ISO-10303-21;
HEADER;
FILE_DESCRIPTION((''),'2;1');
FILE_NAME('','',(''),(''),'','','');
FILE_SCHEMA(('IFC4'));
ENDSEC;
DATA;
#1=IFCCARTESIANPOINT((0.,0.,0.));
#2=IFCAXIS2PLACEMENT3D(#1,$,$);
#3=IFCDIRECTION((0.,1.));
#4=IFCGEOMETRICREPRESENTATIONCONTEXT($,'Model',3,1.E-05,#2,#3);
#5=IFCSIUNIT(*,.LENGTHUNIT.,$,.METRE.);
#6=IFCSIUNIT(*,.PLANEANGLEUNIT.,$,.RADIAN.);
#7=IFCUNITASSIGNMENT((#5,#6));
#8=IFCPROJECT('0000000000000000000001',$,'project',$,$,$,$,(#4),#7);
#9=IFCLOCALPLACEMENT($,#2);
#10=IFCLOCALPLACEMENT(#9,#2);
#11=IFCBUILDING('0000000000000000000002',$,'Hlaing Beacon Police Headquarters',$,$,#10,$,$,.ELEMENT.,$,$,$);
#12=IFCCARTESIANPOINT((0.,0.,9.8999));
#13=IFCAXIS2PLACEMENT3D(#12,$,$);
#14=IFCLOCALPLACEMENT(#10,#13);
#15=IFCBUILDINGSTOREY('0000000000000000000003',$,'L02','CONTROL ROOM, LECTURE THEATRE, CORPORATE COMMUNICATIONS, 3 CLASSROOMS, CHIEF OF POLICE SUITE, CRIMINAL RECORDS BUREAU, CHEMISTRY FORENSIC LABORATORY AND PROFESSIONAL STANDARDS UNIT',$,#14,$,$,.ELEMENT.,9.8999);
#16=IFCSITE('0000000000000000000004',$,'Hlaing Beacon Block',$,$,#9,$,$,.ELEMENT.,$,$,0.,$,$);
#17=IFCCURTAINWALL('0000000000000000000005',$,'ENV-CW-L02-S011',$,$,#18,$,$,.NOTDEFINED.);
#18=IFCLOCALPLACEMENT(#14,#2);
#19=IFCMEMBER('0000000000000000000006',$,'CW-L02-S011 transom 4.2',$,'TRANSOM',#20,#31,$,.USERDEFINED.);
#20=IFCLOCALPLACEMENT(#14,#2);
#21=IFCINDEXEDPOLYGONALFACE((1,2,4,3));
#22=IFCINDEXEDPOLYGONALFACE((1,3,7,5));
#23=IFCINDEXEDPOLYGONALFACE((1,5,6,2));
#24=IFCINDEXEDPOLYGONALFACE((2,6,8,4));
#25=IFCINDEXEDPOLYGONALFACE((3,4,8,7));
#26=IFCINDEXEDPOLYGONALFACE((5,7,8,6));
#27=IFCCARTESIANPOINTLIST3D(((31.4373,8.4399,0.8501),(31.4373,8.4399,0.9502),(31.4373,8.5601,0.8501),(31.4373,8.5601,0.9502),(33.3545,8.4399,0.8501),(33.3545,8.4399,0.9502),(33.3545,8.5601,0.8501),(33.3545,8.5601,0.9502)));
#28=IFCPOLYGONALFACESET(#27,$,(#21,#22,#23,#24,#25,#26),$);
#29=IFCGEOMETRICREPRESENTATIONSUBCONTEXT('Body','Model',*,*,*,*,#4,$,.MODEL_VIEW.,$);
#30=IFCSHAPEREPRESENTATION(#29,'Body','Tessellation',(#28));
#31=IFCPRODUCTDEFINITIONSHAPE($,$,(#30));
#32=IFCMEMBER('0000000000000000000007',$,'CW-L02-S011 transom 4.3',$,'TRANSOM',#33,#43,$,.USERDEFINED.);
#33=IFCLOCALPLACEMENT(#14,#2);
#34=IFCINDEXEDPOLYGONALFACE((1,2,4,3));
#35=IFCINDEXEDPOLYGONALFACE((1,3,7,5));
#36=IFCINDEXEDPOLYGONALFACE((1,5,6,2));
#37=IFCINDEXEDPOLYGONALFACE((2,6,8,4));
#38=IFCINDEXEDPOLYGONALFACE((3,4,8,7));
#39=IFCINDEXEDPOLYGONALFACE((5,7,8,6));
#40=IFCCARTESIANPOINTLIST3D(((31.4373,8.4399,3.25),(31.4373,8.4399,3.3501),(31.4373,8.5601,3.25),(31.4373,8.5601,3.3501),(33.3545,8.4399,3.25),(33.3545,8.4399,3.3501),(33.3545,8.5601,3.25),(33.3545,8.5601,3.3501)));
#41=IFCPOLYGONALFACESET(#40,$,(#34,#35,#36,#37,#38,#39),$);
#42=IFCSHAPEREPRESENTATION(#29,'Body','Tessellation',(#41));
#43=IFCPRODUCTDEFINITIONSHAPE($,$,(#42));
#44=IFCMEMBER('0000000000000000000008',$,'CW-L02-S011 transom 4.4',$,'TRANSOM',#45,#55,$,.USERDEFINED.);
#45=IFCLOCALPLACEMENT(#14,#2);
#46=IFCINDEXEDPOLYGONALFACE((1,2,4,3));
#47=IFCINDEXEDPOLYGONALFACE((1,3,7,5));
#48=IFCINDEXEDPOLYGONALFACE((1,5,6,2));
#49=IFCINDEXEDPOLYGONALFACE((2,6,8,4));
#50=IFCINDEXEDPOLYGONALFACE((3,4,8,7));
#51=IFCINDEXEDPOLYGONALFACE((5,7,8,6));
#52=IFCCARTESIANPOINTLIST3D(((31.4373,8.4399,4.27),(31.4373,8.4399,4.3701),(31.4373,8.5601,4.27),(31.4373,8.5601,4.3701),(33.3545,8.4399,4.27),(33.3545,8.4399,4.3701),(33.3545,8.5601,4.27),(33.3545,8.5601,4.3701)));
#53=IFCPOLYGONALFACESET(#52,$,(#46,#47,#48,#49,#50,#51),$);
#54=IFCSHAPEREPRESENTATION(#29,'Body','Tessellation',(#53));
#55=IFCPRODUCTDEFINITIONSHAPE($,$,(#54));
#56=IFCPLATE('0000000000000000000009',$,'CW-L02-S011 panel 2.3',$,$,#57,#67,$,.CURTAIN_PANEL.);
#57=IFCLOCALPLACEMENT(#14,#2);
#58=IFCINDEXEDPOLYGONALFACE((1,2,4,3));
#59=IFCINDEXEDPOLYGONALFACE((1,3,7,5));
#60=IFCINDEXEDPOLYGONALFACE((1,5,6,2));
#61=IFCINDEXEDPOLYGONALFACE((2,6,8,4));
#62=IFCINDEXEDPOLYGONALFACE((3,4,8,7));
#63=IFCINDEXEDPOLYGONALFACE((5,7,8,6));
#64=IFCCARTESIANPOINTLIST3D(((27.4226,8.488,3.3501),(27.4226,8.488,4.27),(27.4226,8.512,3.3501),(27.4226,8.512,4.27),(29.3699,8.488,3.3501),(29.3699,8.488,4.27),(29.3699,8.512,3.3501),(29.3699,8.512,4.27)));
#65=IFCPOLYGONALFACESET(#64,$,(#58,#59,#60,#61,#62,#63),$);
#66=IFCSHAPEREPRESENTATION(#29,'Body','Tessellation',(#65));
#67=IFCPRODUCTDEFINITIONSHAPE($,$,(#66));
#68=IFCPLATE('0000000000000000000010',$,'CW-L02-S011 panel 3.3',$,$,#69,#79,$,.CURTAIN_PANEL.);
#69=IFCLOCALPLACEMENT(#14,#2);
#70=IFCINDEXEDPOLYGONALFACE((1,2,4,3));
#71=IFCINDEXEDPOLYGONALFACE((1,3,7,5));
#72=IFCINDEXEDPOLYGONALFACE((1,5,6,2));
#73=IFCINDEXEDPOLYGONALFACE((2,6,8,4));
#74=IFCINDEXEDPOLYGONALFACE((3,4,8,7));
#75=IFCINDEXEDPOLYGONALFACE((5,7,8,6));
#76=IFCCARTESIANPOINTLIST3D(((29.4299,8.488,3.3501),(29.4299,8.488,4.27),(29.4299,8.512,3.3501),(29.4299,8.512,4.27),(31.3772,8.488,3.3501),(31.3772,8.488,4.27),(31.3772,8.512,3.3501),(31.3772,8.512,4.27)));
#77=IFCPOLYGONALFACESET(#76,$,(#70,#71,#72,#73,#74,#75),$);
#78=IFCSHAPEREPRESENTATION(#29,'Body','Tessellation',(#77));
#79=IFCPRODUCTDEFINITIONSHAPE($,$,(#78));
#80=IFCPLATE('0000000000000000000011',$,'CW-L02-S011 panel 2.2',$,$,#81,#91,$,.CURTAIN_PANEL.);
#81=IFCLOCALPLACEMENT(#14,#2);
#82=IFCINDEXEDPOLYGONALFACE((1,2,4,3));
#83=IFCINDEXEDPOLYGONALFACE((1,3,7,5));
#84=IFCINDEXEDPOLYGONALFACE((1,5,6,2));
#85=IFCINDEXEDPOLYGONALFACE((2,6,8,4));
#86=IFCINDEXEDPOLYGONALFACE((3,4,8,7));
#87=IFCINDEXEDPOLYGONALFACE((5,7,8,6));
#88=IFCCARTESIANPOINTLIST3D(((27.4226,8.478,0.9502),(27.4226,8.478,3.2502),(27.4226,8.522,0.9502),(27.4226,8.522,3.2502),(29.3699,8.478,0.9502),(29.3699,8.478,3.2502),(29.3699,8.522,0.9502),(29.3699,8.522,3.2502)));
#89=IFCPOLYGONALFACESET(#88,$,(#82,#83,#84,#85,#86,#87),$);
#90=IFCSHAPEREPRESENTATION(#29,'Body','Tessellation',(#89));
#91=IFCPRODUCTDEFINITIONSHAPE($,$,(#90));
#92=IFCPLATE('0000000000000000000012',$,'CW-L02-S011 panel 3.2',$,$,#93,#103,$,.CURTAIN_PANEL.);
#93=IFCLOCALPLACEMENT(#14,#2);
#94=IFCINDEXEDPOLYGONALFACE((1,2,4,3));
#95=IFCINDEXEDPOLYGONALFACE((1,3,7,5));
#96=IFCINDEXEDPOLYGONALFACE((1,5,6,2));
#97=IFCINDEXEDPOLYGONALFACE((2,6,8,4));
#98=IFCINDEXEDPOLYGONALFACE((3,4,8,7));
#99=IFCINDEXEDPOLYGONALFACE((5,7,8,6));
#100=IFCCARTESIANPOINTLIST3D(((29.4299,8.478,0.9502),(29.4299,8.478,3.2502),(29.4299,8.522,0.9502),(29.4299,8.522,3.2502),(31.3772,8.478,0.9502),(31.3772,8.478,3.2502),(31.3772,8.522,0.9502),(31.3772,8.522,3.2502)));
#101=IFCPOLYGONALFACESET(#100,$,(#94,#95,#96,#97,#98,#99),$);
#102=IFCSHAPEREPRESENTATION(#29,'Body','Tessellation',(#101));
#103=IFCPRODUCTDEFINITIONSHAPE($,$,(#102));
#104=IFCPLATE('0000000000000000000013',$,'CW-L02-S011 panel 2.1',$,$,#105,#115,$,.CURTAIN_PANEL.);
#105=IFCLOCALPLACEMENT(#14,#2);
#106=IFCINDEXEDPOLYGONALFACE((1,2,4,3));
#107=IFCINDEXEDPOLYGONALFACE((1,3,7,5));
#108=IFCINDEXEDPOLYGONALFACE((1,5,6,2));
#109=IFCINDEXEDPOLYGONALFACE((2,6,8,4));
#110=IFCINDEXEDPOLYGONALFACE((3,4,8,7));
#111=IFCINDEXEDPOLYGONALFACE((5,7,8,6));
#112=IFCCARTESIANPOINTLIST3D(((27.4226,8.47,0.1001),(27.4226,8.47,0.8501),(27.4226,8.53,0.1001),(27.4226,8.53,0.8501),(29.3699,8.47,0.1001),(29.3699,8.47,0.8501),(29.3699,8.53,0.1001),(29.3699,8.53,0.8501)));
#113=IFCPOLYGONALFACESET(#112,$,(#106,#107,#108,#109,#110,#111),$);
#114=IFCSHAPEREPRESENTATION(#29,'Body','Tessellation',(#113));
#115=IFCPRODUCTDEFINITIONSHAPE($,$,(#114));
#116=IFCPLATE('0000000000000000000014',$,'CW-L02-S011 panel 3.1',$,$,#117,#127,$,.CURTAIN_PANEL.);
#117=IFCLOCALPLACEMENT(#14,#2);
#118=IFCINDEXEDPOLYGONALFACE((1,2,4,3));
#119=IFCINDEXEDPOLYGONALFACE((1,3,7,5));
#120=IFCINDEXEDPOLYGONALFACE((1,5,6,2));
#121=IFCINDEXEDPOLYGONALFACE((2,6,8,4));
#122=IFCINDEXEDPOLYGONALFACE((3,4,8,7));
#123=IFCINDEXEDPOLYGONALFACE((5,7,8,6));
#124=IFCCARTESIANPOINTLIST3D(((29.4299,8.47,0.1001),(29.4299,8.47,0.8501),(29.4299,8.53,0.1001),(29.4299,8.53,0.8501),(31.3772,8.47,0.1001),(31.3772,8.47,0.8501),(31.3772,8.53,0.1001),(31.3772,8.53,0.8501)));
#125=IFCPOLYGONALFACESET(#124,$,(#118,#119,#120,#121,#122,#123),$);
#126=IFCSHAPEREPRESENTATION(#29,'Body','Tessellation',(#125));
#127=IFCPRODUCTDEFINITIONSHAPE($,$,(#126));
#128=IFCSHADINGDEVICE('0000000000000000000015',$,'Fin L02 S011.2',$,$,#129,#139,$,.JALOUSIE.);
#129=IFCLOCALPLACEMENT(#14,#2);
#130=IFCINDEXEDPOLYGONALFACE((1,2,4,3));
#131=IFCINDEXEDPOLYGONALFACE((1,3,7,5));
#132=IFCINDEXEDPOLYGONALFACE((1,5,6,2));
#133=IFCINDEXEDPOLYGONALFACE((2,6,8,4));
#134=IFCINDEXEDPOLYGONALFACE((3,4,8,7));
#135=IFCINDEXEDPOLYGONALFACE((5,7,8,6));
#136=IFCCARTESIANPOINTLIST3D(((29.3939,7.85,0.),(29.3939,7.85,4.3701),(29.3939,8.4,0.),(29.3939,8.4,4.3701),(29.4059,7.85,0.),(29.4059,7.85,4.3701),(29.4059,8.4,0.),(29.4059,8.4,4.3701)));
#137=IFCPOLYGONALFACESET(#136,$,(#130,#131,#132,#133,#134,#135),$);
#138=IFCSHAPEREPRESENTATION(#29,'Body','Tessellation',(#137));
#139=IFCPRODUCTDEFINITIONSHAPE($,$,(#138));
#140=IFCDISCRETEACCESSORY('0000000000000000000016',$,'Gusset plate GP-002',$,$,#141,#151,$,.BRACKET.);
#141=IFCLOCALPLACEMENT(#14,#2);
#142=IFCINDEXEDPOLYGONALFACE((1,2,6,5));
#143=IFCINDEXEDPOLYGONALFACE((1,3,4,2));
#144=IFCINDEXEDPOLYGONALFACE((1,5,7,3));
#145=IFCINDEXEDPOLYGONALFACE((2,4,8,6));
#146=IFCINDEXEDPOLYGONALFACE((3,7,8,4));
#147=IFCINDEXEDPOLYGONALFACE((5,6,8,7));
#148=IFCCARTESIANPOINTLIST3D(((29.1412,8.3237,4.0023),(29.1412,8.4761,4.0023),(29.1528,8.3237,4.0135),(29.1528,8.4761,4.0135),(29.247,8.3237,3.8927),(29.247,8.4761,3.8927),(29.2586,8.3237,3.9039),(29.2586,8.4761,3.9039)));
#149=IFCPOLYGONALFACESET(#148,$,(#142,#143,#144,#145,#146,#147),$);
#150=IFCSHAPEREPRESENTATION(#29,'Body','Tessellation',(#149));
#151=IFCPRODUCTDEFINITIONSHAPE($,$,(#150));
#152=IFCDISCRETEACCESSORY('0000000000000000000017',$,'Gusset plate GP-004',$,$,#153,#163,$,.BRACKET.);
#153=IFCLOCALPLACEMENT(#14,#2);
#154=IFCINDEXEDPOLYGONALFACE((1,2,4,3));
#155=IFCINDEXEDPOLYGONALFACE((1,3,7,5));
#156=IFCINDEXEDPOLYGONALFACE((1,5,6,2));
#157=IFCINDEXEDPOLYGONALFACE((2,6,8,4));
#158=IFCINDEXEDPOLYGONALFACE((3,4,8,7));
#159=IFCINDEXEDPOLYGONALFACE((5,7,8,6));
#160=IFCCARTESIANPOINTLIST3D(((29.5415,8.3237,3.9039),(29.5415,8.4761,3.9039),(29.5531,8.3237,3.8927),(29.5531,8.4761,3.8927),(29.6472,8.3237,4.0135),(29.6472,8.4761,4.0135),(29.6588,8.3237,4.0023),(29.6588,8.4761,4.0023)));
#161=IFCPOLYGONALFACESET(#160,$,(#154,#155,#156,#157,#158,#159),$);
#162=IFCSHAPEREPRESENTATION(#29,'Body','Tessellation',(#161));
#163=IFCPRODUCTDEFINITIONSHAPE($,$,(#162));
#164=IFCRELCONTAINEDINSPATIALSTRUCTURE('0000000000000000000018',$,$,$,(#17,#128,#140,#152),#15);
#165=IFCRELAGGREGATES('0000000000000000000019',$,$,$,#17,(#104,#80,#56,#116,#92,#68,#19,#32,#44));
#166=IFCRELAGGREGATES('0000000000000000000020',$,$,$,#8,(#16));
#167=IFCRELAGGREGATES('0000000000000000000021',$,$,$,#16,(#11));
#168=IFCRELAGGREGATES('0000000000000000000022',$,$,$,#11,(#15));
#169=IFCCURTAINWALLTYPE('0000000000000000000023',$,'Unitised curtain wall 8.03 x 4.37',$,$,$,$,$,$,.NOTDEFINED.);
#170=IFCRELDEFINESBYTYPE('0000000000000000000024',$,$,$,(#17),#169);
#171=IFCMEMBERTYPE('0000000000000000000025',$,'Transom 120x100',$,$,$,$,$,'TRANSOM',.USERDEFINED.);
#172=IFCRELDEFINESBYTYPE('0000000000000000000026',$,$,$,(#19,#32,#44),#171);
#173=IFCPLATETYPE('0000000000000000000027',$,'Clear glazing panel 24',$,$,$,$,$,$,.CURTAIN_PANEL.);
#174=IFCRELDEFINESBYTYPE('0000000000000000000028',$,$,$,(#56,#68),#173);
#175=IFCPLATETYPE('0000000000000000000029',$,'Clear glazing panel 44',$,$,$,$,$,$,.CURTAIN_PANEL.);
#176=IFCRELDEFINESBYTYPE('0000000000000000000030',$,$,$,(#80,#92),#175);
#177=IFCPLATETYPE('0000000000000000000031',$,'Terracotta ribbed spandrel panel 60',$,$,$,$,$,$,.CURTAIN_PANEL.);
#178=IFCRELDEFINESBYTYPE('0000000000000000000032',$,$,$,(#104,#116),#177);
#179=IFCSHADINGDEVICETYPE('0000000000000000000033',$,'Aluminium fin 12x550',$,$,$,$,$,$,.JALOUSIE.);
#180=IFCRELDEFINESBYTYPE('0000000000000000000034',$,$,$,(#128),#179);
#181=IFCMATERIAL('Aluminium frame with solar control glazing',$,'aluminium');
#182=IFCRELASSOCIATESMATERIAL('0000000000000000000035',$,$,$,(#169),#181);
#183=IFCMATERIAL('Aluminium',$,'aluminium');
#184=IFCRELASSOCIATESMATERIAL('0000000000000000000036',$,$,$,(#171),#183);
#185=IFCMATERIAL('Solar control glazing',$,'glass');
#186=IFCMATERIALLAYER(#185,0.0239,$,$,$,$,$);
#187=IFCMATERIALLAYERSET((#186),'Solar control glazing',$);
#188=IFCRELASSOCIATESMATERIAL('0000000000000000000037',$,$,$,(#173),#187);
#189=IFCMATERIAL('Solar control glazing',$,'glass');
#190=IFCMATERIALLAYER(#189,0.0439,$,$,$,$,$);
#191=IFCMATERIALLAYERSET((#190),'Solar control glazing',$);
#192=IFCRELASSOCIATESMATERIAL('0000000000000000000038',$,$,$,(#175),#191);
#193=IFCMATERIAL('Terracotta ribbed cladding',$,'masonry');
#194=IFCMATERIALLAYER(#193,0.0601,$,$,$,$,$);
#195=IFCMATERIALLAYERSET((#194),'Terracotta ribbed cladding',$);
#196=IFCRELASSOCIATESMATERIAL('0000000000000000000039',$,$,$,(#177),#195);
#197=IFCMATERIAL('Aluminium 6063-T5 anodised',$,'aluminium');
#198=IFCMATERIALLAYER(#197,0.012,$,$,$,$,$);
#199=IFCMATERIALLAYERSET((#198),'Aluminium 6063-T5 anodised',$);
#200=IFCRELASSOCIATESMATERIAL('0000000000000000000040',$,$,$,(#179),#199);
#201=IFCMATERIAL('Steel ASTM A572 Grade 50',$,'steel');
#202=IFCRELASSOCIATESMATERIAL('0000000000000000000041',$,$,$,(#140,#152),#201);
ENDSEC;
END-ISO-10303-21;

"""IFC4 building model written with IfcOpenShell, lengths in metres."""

from ifc_helpers import new_model, si_unit, direction, frame, origin, origin_2d, place, context, subcontext, project, spatial, rectangle, extrude, material, layer, layer_set, material_profile, profile_set, type_object, element, aggregate, save


model = new_model("IFC4")

# Units and contexts
model_context = context("Model", 3, precision=1e-05, world=origin(), true_north=direction((0.0, 1.0)))
body_context = subcontext(model_context, "Body", "Model", "MODEL_VIEW")
ifc_project = project(units=[si_unit("LENGTHUNIT", "METRE"), si_unit("PLANEANGLEUNIT", "RADIAN")], contexts=[model_context])

# Site, building, storey
site_placement = place(None, origin())
site = spatial("IfcSite", under=ifc_project, at=site_placement, Name="Hlaing Beacon Block", CompositionType="ELEMENT", RefElevation=0.0)
building_placement = place(site_placement, origin())
building = spatial("IfcBuilding", under=site, at=building_placement, Name="Hlaing Beacon Police Headquarters", CompositionType="ELEMENT")
storey_placement = place(building_placement, frame((0.0, 0.0, 9.8999)))
storey = spatial("IfcBuildingStorey", under=building, at=storey_placement, Name="L02", Description="CONTROL ROOM, LECTURE THEATRE, CORPORATE COMMUNICATIONS, 3 CLASSROOMS, CHIEF OF POLICE SUITE, CRIMINAL RECORDS BUREAU, CHEMISTRY FORENSIC LABORATORY AND PROFESSIONAL STANDARDS UNIT", CompositionType="ELEMENT", Elevation=9.8999)

# Curtain wall
ifc_material_1 = material(Name="Aluminium frame with solar control glazing", Category="aluminium")
curtain_wall_type = type_object("IfcCurtainWallType", Name="Unitised curtain wall 8.03 x 4.37", PredefinedType="NOTDEFINED", material=ifc_material_1)
curtain_wall_placement = place(storey_placement, origin())
curtain_wall = element("IfcCurtainWall", 1, at=curtain_wall_placement, inside=storey, type_object=curtain_wall_type, Name="ENV-CW-L02-S011", PredefinedType="NOTDEFINED")

# Members
ifc_material_2 = material(Name="Aluminium", Category="aluminium")
ifc_material_profile_1 = material_profile(ifc_material_2, rectangle(XDim=0.1201, YDim=0.1001, at=origin_2d()), Name="Transom 120x100")
ifc_profile_set_1 = profile_set([ifc_material_profile_1], Name="Aluminium")
member_type_1 = type_object("IfcMemberType", Name="Transom 120x100", ElementType="TRANSOM", PredefinedType="USERDEFINED", material=ifc_profile_set_1)
member_1_placement = place(storey_placement, frame((31.4373, 8.5, 0.9001), z_axis=(1.0, 0.0, 0.0), x_axis=(0.0, 1.0, 0.0)))
member_1 = element("IfcMember", 2, at=member_1_placement, type_object=member_type_1, Name="CW-L02-S011 transom 4.2", ObjectType="TRANSOM", PredefinedType="USERDEFINED", context=body_context, shape_type="SweptSolid", body=[
    extrude(rectangle(XDim=0.1201, YDim=0.1001, at=origin_2d()), origin(), (0.0, 0.0, 1.0), 1.9172),
])
member_2_placement = place(storey_placement, frame((31.4373, 8.5, 3.3), z_axis=(1.0, 0.0, 0.0), x_axis=(0.0, 1.0, 0.0)))
member_2 = element("IfcMember", 3, at=member_2_placement, type_object=member_type_1, Name="CW-L02-S011 transom 4.3", ObjectType="TRANSOM", PredefinedType="USERDEFINED", context=body_context, shape_type="SweptSolid", body=[
    extrude(rectangle(XDim=0.1201, YDim=0.1001, at=origin_2d()), origin(), (0.0, 0.0, 1.0), 1.9172),
])
member_3_placement = place(storey_placement, frame((31.4373, 8.5, 4.3201), z_axis=(1.0, 0.0, 0.0), x_axis=(0.0, 1.0, 0.0)))
member_3 = element("IfcMember", 4, at=member_3_placement, type_object=member_type_1, Name="CW-L02-S011 transom 4.4", ObjectType="TRANSOM", PredefinedType="USERDEFINED", context=body_context, shape_type="SweptSolid", body=[
    extrude(rectangle(XDim=0.1201, YDim=0.1001, at=origin_2d()), origin(), (0.0, 0.0, 1.0), 1.9172),
])

# Plates
ifc_material_3 = material(Name="Solar control glazing", Category="glass")
ifc_layer_1 = layer(ifc_material_3, 0.0239)
ifc_layer_set_1 = layer_set([ifc_layer_1], Name="Solar control glazing")
plate_type_1 = type_object("IfcPlateType", Name="Clear glazing panel 24", PredefinedType="CURTAIN_PANEL", material=ifc_layer_set_1)
plate_1_placement = place(storey_placement, frame((28.3962, 8.5, 3.3501), z_axis=(0.0, 0.0, 1.0), x_axis=(1.0, 0.0, 0.0)))
plate_1 = element("IfcPlate", 5, at=plate_1_placement, type_object=plate_type_1, Name="CW-L02-S011 panel 2.3", PredefinedType="CURTAIN_PANEL", context=body_context, shape_type="SweptSolid", body=[
    extrude(rectangle(XDim=1.9473, YDim=0.0239, at=origin_2d()), origin(), (0.0, 0.0, 1.0), 0.9199),
])
plate_2_placement = place(storey_placement, frame((30.4036, 8.5, 3.3501), z_axis=(0.0, 0.0, 1.0), x_axis=(1.0, 0.0, 0.0)))
plate_2 = element("IfcPlate", 6, at=plate_2_placement, type_object=plate_type_1, Name="CW-L02-S011 panel 3.3", PredefinedType="CURTAIN_PANEL", context=body_context, shape_type="SweptSolid", body=[
    extrude(rectangle(XDim=1.9473, YDim=0.0239, at=origin_2d()), origin(), (0.0, 0.0, 1.0), 0.9199),
])
ifc_material_4 = material(Name="Solar control glazing", Category="glass")
ifc_layer_2 = layer(ifc_material_4, 0.0439)
ifc_layer_set_2 = layer_set([ifc_layer_2], Name="Solar control glazing")
plate_type_2 = type_object("IfcPlateType", Name="Clear glazing panel 44", PredefinedType="CURTAIN_PANEL", material=ifc_layer_set_2)
plate_3_placement = place(storey_placement, frame((28.3962, 8.5, 0.9502), z_axis=(0.0, 0.0, 1.0), x_axis=(1.0, 0.0, 0.0)))
plate_3 = element("IfcPlate", 7, at=plate_3_placement, type_object=plate_type_2, Name="CW-L02-S011 panel 2.2", PredefinedType="CURTAIN_PANEL", context=body_context, shape_type="SweptSolid", body=[
    extrude(rectangle(XDim=1.9473, YDim=0.0439, at=origin_2d()), origin(), (0.0, 0.0, 1.0), 2.3),
])
plate_4_placement = place(storey_placement, frame((30.4036, 8.5, 0.9502), z_axis=(0.0, 0.0, 1.0), x_axis=(1.0, 0.0, 0.0)))
plate_4 = element("IfcPlate", 8, at=plate_4_placement, type_object=plate_type_2, Name="CW-L02-S011 panel 3.2", PredefinedType="CURTAIN_PANEL", context=body_context, shape_type="SweptSolid", body=[
    extrude(rectangle(XDim=1.9473, YDim=0.0439, at=origin_2d()), origin(), (0.0, 0.0, 1.0), 2.3),
])
ifc_material_5 = material(Name="Terracotta ribbed cladding", Category="masonry")
ifc_layer_3 = layer(ifc_material_5, 0.0601)
ifc_layer_set_3 = layer_set([ifc_layer_3], Name="Terracotta ribbed cladding")
plate_type_3 = type_object("IfcPlateType", Name="Terracotta ribbed spandrel panel 60", PredefinedType="CURTAIN_PANEL", material=ifc_layer_set_3)
plate_5_placement = place(storey_placement, frame((28.3962, 8.5, 0.1001), z_axis=(0.0, 0.0, 1.0), x_axis=(1.0, 0.0, 0.0)))
plate_5 = element("IfcPlate", 9, at=plate_5_placement, type_object=plate_type_3, Name="CW-L02-S011 panel 2.1", PredefinedType="CURTAIN_PANEL", context=body_context, shape_type="SweptSolid", body=[
    extrude(rectangle(XDim=1.9473, YDim=0.0601, at=origin_2d()), origin(), (0.0, 0.0, 1.0), 0.75),
])
plate_6_placement = place(storey_placement, frame((30.4036, 8.5, 0.1001), z_axis=(0.0, 0.0, 1.0), x_axis=(1.0, 0.0, 0.0)))
plate_6 = element("IfcPlate", 10, at=plate_6_placement, type_object=plate_type_3, Name="CW-L02-S011 panel 3.1", PredefinedType="CURTAIN_PANEL", context=body_context, shape_type="SweptSolid", body=[
    extrude(rectangle(XDim=1.9473, YDim=0.0601, at=origin_2d()), origin(), (0.0, 0.0, 1.0), 0.75),
])
aggregate(curtain_wall, [plate_5, plate_3, plate_1, plate_6, plate_4, plate_2, member_1, member_2, member_3])

# Shading device
ifc_material_6 = material(Name="Aluminium 6063-T5 anodised", Category="aluminium")
ifc_layer_4 = layer(ifc_material_6, 0.012)
ifc_layer_set_4 = layer_set([ifc_layer_4], Name="Aluminium 6063-T5 anodised")
shading_device_type = type_object("IfcShadingDeviceType", Name="Aluminium fin 12x550", PredefinedType="JALOUSIE", material=ifc_layer_set_4)
shading_device_placement = place(storey_placement, frame((29.3999, 8.125, 0.0), z_axis=(0.0, 0.0, 1.0), x_axis=(1.0, 0.0, 0.0)))
element("IfcShadingDevice", 11, at=shading_device_placement, inside=storey, type_object=shading_device_type, Name="Fin L02 S011.2", PredefinedType="JALOUSIE", context=body_context, shape_type="SweptSolid", body=[
    extrude(rectangle(XDim=0.012, YDim=0.55, at=origin_2d()), origin(), (0.0, 0.0, 1.0), 4.3701),
])

# Discrete accessories
ifc_material_7 = material(Name="Steel ASTM A572 Grade 50", Category="steel")
for number, where, z_axis, x_axis, name in (
    (12, (29.1941, 8.3999, 3.9475), (0.7199, 0.0, 0.694078), (0.0, 1.0, 0.0), "Gusset plate GP-002"),
    (13, (29.606, 8.3999, 3.9475), (-0.7199, 0.0, 0.694078), (0.0, -1.0, 0.0), "Gusset plate GP-004"),
):
    element("IfcDiscreteAccessory", number, at=place(storey_placement, frame(where, z_axis=z_axis, x_axis=x_axis)), inside=storey, material=ifc_material_7, Name=name, PredefinedType="BRACKET", context=body_context, shape_type="SweptSolid", body=[
        extrude(rectangle(XDim=0.1523, YDim=0.1523, at=origin_2d()), origin(), (0.0, 0.0, 1.0), 0.0161),
    ])

save(model, "model.ifc")
